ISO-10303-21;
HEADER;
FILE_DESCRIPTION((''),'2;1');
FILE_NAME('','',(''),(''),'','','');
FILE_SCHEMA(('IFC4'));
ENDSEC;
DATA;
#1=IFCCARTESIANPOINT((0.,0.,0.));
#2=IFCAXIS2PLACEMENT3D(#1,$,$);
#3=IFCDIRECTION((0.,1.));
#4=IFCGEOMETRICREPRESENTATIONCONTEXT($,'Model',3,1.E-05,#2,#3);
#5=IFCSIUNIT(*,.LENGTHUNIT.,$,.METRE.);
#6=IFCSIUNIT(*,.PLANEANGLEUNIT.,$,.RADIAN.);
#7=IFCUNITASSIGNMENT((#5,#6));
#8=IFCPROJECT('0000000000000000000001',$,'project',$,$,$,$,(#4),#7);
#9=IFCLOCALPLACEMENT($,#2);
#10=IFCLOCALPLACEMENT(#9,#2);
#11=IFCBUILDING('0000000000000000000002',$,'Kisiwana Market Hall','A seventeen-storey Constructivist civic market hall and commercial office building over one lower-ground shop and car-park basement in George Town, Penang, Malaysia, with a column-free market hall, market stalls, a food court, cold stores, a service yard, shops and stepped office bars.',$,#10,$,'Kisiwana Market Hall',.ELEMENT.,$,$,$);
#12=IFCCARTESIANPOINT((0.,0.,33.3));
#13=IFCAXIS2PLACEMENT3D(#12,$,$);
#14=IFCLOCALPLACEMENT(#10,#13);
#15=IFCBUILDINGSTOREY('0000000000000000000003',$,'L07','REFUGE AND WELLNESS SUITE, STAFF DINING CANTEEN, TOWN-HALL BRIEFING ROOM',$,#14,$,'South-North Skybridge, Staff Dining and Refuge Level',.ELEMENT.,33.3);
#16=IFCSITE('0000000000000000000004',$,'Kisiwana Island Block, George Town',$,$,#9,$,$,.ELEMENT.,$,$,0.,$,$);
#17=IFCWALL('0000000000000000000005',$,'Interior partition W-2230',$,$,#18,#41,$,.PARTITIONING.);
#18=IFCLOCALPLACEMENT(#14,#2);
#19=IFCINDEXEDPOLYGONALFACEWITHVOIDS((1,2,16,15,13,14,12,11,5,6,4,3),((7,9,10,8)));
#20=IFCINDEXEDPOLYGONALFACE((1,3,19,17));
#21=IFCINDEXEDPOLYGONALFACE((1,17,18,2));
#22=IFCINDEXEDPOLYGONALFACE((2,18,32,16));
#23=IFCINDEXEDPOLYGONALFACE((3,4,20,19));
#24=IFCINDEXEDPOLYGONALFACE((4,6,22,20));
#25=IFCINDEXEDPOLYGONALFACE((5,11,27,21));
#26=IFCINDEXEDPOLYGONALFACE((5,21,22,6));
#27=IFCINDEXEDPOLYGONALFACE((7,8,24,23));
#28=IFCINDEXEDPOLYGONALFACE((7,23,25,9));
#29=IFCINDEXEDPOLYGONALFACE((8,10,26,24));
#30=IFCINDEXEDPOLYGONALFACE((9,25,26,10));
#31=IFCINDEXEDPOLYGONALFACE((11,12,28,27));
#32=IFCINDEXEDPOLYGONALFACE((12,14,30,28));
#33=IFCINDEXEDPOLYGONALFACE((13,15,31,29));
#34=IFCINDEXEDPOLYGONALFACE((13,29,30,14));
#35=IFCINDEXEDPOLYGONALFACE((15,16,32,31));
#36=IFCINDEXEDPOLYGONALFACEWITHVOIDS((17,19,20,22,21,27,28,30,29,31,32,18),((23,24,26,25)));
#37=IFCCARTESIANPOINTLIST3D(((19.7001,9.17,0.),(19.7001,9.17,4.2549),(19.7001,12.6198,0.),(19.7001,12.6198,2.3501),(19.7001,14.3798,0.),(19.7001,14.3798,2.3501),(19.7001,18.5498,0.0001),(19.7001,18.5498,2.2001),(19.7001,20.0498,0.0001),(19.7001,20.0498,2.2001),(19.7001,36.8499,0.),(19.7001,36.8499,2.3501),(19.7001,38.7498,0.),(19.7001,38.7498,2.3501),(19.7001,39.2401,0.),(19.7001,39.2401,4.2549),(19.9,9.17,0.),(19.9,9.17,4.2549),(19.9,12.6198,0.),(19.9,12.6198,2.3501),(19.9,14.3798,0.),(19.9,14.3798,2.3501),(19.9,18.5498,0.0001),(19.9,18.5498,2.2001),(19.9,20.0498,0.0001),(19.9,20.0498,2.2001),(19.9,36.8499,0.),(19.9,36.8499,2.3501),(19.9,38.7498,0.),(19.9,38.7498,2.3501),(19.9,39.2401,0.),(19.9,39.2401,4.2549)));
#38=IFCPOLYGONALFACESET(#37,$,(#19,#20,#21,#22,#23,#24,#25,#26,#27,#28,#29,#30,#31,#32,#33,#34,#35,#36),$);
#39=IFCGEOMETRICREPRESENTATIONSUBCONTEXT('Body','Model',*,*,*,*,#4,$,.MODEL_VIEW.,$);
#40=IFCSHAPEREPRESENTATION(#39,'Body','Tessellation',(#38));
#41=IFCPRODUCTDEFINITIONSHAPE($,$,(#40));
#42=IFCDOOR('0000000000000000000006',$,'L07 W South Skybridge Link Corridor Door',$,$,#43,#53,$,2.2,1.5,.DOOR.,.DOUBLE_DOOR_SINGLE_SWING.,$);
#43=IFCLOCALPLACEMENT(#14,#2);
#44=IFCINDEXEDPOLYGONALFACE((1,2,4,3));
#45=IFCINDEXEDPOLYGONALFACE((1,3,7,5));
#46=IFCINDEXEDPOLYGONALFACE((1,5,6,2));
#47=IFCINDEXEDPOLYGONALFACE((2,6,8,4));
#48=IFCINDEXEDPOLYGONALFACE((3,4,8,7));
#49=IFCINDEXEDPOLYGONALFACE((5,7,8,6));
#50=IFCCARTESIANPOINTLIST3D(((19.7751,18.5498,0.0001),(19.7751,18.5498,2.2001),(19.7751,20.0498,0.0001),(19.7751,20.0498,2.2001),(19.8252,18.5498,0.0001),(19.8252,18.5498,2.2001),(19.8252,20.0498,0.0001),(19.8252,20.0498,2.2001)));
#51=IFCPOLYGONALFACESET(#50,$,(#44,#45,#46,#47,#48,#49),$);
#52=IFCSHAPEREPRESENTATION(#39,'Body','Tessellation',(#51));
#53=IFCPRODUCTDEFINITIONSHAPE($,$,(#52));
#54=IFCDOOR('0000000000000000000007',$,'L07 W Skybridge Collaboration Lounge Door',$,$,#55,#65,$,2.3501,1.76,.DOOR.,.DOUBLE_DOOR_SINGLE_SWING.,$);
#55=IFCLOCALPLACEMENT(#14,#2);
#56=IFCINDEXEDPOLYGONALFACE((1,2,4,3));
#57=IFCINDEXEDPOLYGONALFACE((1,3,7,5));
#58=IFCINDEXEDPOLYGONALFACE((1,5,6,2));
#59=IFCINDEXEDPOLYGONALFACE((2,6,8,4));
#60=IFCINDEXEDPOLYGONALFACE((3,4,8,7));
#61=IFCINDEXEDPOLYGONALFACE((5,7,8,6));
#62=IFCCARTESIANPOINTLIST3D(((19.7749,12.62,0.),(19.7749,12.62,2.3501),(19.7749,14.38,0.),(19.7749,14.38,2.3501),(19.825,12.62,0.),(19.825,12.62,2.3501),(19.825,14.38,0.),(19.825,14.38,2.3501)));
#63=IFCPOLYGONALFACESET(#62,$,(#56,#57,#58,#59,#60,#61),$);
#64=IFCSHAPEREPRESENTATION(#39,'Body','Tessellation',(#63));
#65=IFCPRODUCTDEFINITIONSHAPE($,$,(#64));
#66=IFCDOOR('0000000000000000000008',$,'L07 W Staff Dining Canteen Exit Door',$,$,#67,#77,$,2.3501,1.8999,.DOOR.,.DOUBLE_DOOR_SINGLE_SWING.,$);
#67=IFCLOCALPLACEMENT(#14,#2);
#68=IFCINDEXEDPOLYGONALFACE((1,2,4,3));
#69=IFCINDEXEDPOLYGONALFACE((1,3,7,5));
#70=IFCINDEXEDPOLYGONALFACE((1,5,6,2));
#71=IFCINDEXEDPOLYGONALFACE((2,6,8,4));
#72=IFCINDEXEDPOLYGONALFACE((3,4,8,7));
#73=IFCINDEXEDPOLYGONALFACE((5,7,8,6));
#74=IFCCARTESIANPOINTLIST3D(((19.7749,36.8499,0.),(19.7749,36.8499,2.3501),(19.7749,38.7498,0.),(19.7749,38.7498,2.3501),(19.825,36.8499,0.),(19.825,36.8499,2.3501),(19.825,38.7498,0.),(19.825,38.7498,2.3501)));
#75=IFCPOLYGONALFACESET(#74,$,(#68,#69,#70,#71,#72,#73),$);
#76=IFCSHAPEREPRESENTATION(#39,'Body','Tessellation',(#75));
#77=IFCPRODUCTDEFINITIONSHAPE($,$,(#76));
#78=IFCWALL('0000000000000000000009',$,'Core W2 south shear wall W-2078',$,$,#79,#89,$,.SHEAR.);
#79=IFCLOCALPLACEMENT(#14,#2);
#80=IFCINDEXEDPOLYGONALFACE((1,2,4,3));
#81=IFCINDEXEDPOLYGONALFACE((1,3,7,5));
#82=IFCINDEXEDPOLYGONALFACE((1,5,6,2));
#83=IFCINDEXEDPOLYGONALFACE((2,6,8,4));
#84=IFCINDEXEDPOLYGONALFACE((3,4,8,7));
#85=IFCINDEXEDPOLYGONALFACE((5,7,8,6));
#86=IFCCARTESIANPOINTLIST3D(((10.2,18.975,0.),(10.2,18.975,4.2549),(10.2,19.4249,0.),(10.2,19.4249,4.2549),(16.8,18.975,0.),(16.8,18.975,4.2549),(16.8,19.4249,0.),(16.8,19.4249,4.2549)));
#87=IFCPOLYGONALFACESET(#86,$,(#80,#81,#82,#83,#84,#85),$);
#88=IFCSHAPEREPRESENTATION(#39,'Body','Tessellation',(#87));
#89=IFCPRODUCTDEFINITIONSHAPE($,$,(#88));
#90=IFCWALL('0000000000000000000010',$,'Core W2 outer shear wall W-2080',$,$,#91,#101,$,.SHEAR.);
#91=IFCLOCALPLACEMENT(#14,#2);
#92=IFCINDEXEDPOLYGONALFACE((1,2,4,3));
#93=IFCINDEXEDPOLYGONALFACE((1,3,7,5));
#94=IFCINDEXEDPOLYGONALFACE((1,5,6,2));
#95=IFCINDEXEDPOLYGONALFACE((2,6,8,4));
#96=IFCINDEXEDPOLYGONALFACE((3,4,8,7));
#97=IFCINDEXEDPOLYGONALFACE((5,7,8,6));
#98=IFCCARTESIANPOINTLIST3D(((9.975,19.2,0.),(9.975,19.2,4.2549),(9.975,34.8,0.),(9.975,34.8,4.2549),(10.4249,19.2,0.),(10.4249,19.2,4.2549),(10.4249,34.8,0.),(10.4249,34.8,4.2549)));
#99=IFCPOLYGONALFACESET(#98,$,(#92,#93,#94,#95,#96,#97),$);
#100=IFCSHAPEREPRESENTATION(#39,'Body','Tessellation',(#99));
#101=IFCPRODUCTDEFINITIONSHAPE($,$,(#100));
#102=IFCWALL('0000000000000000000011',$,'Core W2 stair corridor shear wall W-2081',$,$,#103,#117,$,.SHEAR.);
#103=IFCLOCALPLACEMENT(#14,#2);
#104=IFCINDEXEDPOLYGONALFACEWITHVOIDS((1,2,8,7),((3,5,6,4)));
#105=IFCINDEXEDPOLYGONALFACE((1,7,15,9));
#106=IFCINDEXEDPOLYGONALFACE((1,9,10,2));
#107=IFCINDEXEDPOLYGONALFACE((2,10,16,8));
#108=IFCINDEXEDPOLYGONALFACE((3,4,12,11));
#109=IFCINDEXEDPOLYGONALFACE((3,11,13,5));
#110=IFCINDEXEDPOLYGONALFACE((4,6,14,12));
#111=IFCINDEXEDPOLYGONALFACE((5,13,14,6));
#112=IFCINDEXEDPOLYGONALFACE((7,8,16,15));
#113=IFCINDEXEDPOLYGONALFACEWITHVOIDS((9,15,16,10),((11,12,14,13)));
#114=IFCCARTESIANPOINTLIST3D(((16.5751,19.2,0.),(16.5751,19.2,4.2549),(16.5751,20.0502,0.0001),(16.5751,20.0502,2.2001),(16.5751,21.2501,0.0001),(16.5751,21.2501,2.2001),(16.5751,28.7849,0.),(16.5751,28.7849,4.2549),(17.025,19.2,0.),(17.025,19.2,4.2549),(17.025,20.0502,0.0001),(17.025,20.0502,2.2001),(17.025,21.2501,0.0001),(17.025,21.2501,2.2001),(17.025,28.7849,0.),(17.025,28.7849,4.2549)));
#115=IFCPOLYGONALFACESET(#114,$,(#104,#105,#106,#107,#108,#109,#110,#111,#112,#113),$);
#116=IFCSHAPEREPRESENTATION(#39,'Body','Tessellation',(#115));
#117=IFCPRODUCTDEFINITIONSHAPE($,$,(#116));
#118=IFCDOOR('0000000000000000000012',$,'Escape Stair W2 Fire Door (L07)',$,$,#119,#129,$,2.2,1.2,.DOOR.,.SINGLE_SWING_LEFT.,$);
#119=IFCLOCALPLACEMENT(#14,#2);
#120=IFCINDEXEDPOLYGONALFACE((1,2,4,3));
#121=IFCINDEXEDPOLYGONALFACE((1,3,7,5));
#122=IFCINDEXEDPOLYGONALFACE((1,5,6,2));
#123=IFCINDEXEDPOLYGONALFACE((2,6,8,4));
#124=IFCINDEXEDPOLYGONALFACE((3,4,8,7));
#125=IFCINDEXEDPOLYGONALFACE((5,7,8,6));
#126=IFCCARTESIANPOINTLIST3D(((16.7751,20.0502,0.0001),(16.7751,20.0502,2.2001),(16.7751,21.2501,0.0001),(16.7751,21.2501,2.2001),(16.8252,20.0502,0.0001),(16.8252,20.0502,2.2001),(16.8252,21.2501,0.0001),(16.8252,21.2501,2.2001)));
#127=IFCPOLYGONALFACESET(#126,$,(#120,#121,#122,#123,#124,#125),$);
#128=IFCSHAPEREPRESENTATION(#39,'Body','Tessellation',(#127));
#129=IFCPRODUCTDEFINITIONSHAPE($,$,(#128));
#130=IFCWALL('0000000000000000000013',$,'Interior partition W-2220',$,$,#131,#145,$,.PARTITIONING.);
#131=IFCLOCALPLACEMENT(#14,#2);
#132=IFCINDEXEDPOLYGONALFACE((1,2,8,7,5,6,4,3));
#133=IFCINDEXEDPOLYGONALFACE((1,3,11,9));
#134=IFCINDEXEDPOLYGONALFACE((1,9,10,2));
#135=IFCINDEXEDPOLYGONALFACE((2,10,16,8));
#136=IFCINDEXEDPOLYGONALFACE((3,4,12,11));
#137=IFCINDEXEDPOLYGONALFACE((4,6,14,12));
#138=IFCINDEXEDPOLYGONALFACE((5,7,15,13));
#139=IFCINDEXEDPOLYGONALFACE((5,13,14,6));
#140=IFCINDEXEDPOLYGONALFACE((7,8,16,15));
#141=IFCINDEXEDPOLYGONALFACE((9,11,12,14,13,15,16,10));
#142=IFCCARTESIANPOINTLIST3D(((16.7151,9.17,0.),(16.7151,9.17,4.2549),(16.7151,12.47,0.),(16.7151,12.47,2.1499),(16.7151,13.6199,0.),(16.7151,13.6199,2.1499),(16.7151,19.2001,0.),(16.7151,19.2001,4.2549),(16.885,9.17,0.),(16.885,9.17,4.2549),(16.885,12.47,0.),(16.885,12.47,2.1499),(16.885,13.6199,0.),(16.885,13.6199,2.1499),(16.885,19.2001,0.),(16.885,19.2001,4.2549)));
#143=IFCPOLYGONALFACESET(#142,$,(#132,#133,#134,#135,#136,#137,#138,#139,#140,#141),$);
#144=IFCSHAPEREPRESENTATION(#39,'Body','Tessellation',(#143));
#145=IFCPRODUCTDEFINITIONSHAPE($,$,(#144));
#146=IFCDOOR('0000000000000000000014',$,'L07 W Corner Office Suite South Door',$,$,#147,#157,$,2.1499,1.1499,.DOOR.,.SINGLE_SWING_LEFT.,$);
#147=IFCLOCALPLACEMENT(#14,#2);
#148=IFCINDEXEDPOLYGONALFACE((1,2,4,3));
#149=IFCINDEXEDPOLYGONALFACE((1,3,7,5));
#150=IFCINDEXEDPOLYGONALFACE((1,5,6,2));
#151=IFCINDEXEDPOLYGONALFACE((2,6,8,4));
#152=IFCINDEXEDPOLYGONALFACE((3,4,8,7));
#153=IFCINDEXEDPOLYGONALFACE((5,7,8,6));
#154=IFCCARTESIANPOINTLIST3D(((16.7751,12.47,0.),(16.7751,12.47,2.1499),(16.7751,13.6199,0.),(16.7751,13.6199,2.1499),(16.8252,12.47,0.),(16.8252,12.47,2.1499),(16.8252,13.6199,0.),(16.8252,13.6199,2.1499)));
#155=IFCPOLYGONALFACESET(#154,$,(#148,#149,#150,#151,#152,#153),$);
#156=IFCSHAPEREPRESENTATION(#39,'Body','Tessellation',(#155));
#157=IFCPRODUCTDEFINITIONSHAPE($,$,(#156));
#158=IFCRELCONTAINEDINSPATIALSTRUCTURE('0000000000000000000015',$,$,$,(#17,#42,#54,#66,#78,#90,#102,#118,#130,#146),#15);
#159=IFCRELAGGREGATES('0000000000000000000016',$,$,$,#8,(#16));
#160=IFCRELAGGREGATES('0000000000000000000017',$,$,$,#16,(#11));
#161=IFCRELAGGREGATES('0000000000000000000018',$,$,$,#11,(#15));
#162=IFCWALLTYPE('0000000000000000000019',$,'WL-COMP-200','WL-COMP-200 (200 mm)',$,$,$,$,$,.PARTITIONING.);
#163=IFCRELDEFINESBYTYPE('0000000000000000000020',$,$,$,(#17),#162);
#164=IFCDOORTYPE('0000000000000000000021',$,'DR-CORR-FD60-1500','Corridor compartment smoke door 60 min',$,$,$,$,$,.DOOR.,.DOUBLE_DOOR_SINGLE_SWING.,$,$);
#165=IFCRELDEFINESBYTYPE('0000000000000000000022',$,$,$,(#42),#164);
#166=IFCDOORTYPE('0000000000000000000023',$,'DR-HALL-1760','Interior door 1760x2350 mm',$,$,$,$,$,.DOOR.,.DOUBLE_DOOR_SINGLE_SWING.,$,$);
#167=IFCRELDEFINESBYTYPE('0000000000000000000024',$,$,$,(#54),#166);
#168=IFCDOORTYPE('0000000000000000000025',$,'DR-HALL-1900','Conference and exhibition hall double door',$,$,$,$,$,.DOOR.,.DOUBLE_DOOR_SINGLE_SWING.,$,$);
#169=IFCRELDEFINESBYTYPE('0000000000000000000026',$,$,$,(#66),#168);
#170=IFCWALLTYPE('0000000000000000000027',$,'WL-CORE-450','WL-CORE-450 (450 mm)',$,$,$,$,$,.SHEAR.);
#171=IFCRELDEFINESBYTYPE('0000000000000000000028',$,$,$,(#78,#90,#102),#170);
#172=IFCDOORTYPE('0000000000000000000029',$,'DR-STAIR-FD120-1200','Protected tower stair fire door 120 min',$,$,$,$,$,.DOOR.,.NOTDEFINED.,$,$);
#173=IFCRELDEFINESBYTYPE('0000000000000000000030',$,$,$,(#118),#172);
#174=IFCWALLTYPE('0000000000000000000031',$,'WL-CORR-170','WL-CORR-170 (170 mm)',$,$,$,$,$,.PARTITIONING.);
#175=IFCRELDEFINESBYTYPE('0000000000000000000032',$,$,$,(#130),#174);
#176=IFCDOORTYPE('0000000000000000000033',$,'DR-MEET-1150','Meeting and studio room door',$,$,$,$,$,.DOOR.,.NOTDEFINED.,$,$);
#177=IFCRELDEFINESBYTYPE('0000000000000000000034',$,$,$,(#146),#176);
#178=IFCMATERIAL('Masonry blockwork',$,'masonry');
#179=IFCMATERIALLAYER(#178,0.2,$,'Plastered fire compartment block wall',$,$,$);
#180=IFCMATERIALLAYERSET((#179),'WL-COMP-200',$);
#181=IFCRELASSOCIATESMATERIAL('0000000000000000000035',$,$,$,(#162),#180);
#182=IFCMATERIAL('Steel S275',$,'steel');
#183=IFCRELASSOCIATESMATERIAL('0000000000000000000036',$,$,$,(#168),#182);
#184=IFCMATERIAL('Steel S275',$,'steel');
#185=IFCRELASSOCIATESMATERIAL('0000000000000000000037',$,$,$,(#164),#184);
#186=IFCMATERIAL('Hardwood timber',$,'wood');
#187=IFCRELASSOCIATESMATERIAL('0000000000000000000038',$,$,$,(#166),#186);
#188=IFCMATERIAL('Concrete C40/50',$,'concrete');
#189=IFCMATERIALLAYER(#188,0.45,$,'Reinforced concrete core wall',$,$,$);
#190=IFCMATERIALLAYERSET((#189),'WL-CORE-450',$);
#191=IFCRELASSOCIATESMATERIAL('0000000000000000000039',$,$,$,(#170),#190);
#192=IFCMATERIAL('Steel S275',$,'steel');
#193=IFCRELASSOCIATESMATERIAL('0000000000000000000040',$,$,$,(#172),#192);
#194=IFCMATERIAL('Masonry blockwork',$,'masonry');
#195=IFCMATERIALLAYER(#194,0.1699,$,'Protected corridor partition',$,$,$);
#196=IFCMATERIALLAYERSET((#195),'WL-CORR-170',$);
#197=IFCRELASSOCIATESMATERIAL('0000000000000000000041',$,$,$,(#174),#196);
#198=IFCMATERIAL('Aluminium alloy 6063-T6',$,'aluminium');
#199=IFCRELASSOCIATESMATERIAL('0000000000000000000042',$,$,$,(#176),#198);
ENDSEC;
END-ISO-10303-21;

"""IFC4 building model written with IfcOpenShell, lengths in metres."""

from ifc_helpers import new_model, si_unit, direction, frame, frame_2d, origin, place, context, subcontext, project, spatial, rectangle, extrude, material, layer, layer_set, type_object, element, fill, save


model = new_model("IFC4")

# Units and contexts
model_context = context("Model", 3, precision=1e-05, world=origin(), true_north=direction((0.0, 1.0)))
body_context = subcontext(model_context, "Body", "Model", "MODEL_VIEW")
ifc_project = project(units=[si_unit("LENGTHUNIT", "METRE"), si_unit("PLANEANGLEUNIT", "RADIAN")], contexts=[model_context])

# Site, building, storey
site_placement = place(None, origin())
site = spatial("IfcSite", under=ifc_project, at=site_placement, Name="Kisiwana Island Block, George Town", CompositionType="ELEMENT", RefElevation=0.0)
building_placement = place(site_placement, origin())
building = spatial("IfcBuilding", under=site, at=building_placement, Name="Kisiwana Market Hall", Description="A seventeen-storey Constructivist civic market hall and commercial office building over one lower-ground shop and car-park basement in George Town, Penang, Malaysia, with a column-free market hall, market stalls, a food court, cold stores, a service yard, shops and stepped office bars.", LongName="Kisiwana Market Hall", CompositionType="ELEMENT")
storey_placement = place(building_placement, frame((0.0, 0.0, 33.3)))
storey = spatial("IfcBuildingStorey", under=building, at=storey_placement, Name="L07", Description="REFUGE AND WELLNESS SUITE, STAFF DINING CANTEEN, TOWN-HALL BRIEFING ROOM", LongName="South-North Skybridge, Staff Dining and Refuge Level", CompositionType="ELEMENT", Elevation=33.3)

# Shared definitions
ifc_material_1 = material(Name="Masonry blockwork", Category="masonry")
ifc_layer_1 = layer(ifc_material_1, 0.2, Name="Plastered fire compartment block wall")
ifc_layer_set_1 = layer_set([ifc_layer_1], Name="WL-COMP-200")
wall_type_1 = type_object("IfcWallType", Name="WL-COMP-200", Description="WL-COMP-200 (200 mm)", PredefinedType="PARTITIONING", material=ifc_layer_set_1)

# Shared definitions
ifc_material_2 = material(Name="Steel S275", Category="steel")
door_type_1 = type_object("IfcDoorType", Name="DR-HALL-1900", Description="Conference and exhibition hall double door", OperationType="DOUBLE_DOOR_SINGLE_SWING", PredefinedType="DOOR", material=ifc_material_2)

# Wall, openings, doors
wall_1_placement = place(storey_placement, frame((19.8, 9.1699, 0.0), z_axis=(0.0, 0.0, 1.0), x_axis=(0.0, 1.0, 0.0)))
wall_1 = element("IfcWall", 1, at=wall_1_placement, inside=storey, type_object=wall_type_1, Name="Interior partition W-2230", PredefinedType="PARTITIONING", context=body_context, shape_type="SweptSolid", body=[
    extrude(rectangle(XDim=30.0701, YDim=0.2, at=frame_2d((15.0352, 0.0))), origin(), (0.0, 0.0, 1.0), 4.2549),
])
opening_1_placement = place(wall_1_placement, frame((3.45, 0.0, 0.0)))
opening_1 = element("IfcOpeningElement", 2, at=opening_1_placement, cuts=wall_1, PredefinedType="OPENING", context=body_context, shape_type="SweptSolid", body=[
    extrude(rectangle(XDim=1.76, YDim=2.3501, at=frame_2d((0.8799, 1.175))), frame((0.0, 0.1118, 0.0), z_axis=(0.0, -1.0, 0.0), x_axis=(1.0, 0.0, 0.0)), (0.0, 0.0, 1.0), 0.2239),
])
opening_2_placement = place(wall_1_placement, frame((9.3799, 0.0, 0.0)))
opening_2 = element("IfcOpeningElement", 3, at=opening_2_placement, cuts=wall_1, PredefinedType="OPENING", context=body_context, shape_type="SweptSolid", body=[
    extrude(rectangle(XDim=1.5, YDim=2.2, at=frame_2d((0.75, 1.1001))), frame((0.0, 0.1118, 0.0), z_axis=(0.0, -1.0, 0.0), x_axis=(1.0, 0.0, 0.0)), (0.0, 0.0, 1.0), 0.2239),
])
opening_3_placement = place(wall_1_placement, frame((27.6799, 0.0, 0.0)))
opening_3 = element("IfcOpeningElement", 4, at=opening_3_placement, cuts=wall_1, PredefinedType="OPENING", context=body_context, shape_type="SweptSolid", body=[
    extrude(rectangle(XDim=1.8999, YDim=2.3501, at=frame_2d((0.95, 1.175))), frame((0.0, 0.1118, 0.0), z_axis=(0.0, -1.0, 0.0), x_axis=(1.0, 0.0, 0.0)), (0.0, 0.0, 1.0), 0.2239),
])
ifc_material_3 = material(Name="Steel S275", Category="steel")
door_type_2 = type_object("IfcDoorType", Name="DR-CORR-FD60-1500", Description="Corridor compartment smoke door 60 min", OperationType="DOUBLE_DOOR_SINGLE_SWING", PredefinedType="DOOR", material=ifc_material_3)
door_1_placement = place(opening_2_placement, origin())
door_1 = element("IfcDoor", 5, at=door_1_placement, inside=storey, type_object=door_type_2, Name="L07 W South Skybridge Link Corridor Door", OperationType="DOUBLE_DOOR_SINGLE_SWING", OverallHeight=2.2, OverallWidth=1.5, PredefinedType="DOOR", context=body_context, shape_type="SweptSolid", body=[
    extrude(rectangle(XDim=1.5, YDim=2.2, at=frame_2d((0.75, 1.1001))), frame((0.0, 0.0249, 0.0), z_axis=(0.0, -1.0, 0.0), x_axis=(1.0, 0.0, 0.0)), (0.0, 0.0, 1.0), 0.05),
])
fill(opening_2, door_1)
ifc_material_4 = material(Name="Hardwood timber", Category="wood")
door_type_3 = type_object("IfcDoorType", Name="DR-HALL-1760", Description="Interior door 1760x2350 mm", OperationType="DOUBLE_DOOR_SINGLE_SWING", PredefinedType="DOOR", material=ifc_material_4)
door_2_placement = place(opening_1_placement, frame((1.76, 0.0, 0.0), z_axis=(0.0, 0.0, 1.0), x_axis=(-1.0, 0.0, 0.0)))
door_2 = element("IfcDoor", 6, at=door_2_placement, inside=storey, type_object=door_type_3, Name="L07 W Skybridge Collaboration Lounge Door", OperationType="DOUBLE_DOOR_SINGLE_SWING", OverallHeight=2.3501, OverallWidth=1.76, PredefinedType="DOOR", context=body_context, shape_type="SweptSolid", body=[
    extrude(rectangle(XDim=1.76, YDim=2.3501, at=frame_2d((0.8799, 1.175))), frame((0.0, 0.0249, 0.0), z_axis=(0.0, -1.0, 0.0), x_axis=(1.0, 0.0, 0.0)), (0.0, 0.0, 1.0), 0.05),
])
fill(opening_1, door_2)
door_3_placement = place(opening_3_placement, frame((1.8999, 0.0, 0.0), z_axis=(0.0, 0.0, 1.0), x_axis=(-1.0, 0.0, 0.0)))
door_3 = element("IfcDoor", 7, at=door_3_placement, inside=storey, type_object=door_type_1, Name="L07 W Staff Dining Canteen Exit Door", OperationType="DOUBLE_DOOR_SINGLE_SWING", OverallHeight=2.3501, OverallWidth=1.8999, PredefinedType="DOOR", context=body_context, shape_type="SweptSolid", body=[
    extrude(rectangle(XDim=1.8999, YDim=2.3501, at=frame_2d((0.95, 1.175))), frame((0.0, 0.0249, 0.0), z_axis=(0.0, -1.0, 0.0), x_axis=(1.0, 0.0, 0.0)), (0.0, 0.0, 1.0), 0.05),
])
fill(opening_3, door_3)

# Walls
ifc_material_5 = material(Name="Concrete C40/50", Category="concrete")
ifc_layer_2 = layer(ifc_material_5, 0.45, Name="Reinforced concrete core wall")
ifc_layer_set_2 = layer_set([ifc_layer_2], Name="WL-CORE-450")
wall_type_2 = type_object("IfcWallType", Name="WL-CORE-450", Description="WL-CORE-450 (450 mm)", PredefinedType="SHEAR", material=ifc_layer_set_2)
wall_2_placement = place(storey_placement, frame((10.2, 19.2, 0.0), z_axis=(0.0, 0.0, 1.0), x_axis=(1.0, 0.0, 0.0)))
element("IfcWall", 8, at=wall_2_placement, inside=storey, type_object=wall_type_2, Name="Core W2 south shear wall W-2078", PredefinedType="SHEAR", context=body_context, shape_type="SweptSolid", body=[
    extrude(rectangle(XDim=6.6001, YDim=0.45, at=frame_2d((3.3, 0.0))), origin(), (0.0, 0.0, 1.0), 4.2549),
])
wall_3_placement = place(storey_placement, frame((10.2, 19.2, 0.0), z_axis=(0.0, 0.0, 1.0), x_axis=(0.0, 1.0, 0.0)))
element("IfcWall", 9, at=wall_3_placement, inside=storey, type_object=wall_type_2, Name="Core W2 outer shear wall W-2080", PredefinedType="SHEAR", context=body_context, shape_type="SweptSolid", body=[
    extrude(rectangle(XDim=15.6001, YDim=0.45, at=frame_2d((7.8, 0.0))), origin(), (0.0, 0.0, 1.0), 4.2549),
])

# Walls, openings, doors
wall_4_placement = place(storey_placement, frame((16.8, 19.2, 0.0), z_axis=(0.0, 0.0, 1.0), x_axis=(0.0, 1.0, 0.0)))
wall_4 = element("IfcWall", 10, at=wall_4_placement, inside=storey, type_object=wall_type_2, Name="Core W2 stair corridor shear wall W-2081", PredefinedType="SHEAR", context=body_context, shape_type="SweptSolid", body=[
    extrude(rectangle(XDim=9.585, YDim=0.45, at=frame_2d((4.7925, 0.0))), origin(), (0.0, 0.0, 1.0), 4.2549),
])
opening_4_placement = place(wall_4_placement, frame((0.8501, 0.0, 0.0)))
opening_4 = element("IfcOpeningElement", 11, at=opening_4_placement, cuts=wall_4, PredefinedType="OPENING", context=body_context, shape_type="SweptSolid", body=[
    extrude(rectangle(XDim=1.2, YDim=2.2, at=frame_2d((0.6001, 1.1001))), frame((0.0, 0.2368, 0.0), z_axis=(0.0, -1.0, 0.0), x_axis=(1.0, 0.0, 0.0)), (0.0, 0.0, 1.0), 0.4739),
])
ifc_material_6 = material(Name="Steel S275", Category="steel")
door_type_4 = type_object("IfcDoorType", Name="DR-STAIR-FD120-1200", Description="Protected tower stair fire door 120 min", OperationType="NOTDEFINED", PredefinedType="DOOR", material=ifc_material_6)
door_4_placement = place(opening_4_placement, origin())
door_4 = element("IfcDoor", 12, at=door_4_placement, inside=storey, type_object=door_type_4, Name="Escape Stair W2 Fire Door (L07)", OperationType="SINGLE_SWING_LEFT", OverallHeight=2.2, OverallWidth=1.2, PredefinedType="DOOR", context=body_context, shape_type="SweptSolid", body=[
    extrude(rectangle(XDim=1.2, YDim=2.2, at=frame_2d((0.6001, 1.1001))), frame((0.0, 0.0249, 0.0), z_axis=(0.0, -1.0, 0.0), x_axis=(1.0, 0.0, 0.0)), (0.0, 0.0, 1.0), 0.05),
])
fill(opening_4, door_4)
ifc_material_7 = material(Name="Masonry blockwork", Category="masonry")
ifc_layer_3 = layer(ifc_material_7, 0.1699, Name="Protected corridor partition")
ifc_layer_set_3 = layer_set([ifc_layer_3], Name="WL-CORR-170")
wall_type_3 = type_object("IfcWallType", Name="WL-CORR-170", Description="WL-CORR-170 (170 mm)", PredefinedType="PARTITIONING", material=ifc_layer_set_3)
wall_5_placement = place(storey_placement, frame((16.8, 9.1699, 0.0), z_axis=(0.0, 0.0, 1.0), x_axis=(0.0, 1.0, 0.0)))
wall_5 = element("IfcWall", 13, at=wall_5_placement, inside=storey, type_object=wall_type_3, Name="Interior partition W-2220", PredefinedType="PARTITIONING", context=body_context, shape_type="SweptSolid", body=[
    extrude(rectangle(XDim=10.03, YDim=0.1699, at=frame_2d((5.0151, 0.0))), origin(), (0.0, 0.0, 1.0), 4.2549),
])
opening_5_placement = place(wall_5_placement, frame((3.3, 0.0, 0.0)))
opening_5 = element("IfcOpeningElement", 14, at=opening_5_placement, cuts=wall_5, PredefinedType="OPENING", context=body_context, shape_type="SweptSolid", body=[
    extrude(rectangle(XDim=1.1499, YDim=2.1499, at=frame_2d((0.575, 1.075))), frame((0.0, 0.0969, 0.0), z_axis=(0.0, -1.0, 0.0), x_axis=(1.0, 0.0, 0.0)), (0.0, 0.0, 1.0), 0.1938),
])
ifc_material_8 = material(Name="Aluminium alloy 6063-T6", Category="aluminium")
door_type_5 = type_object("IfcDoorType", Name="DR-MEET-1150", Description="Meeting and studio room door", OperationType="NOTDEFINED", PredefinedType="DOOR", material=ifc_material_8)
door_5_placement = place(opening_5_placement, origin())
door_5 = element("IfcDoor", 15, at=door_5_placement, inside=storey, type_object=door_type_5, Name="L07 W Corner Office Suite South Door", OperationType="SINGLE_SWING_LEFT", OverallHeight=2.1499, OverallWidth=1.1499, PredefinedType="DOOR", context=body_context, shape_type="SweptSolid", body=[
    extrude(rectangle(XDim=1.1499, YDim=2.1499, at=frame_2d((0.575, 1.075))), frame((0.0, 0.0249, 0.0), z_axis=(0.0, -1.0, 0.0), x_axis=(1.0, 0.0, 0.0)), (0.0, 0.0, 1.0), 0.05),
])
fill(opening_5, door_5)

save(model, "model.ifc")
